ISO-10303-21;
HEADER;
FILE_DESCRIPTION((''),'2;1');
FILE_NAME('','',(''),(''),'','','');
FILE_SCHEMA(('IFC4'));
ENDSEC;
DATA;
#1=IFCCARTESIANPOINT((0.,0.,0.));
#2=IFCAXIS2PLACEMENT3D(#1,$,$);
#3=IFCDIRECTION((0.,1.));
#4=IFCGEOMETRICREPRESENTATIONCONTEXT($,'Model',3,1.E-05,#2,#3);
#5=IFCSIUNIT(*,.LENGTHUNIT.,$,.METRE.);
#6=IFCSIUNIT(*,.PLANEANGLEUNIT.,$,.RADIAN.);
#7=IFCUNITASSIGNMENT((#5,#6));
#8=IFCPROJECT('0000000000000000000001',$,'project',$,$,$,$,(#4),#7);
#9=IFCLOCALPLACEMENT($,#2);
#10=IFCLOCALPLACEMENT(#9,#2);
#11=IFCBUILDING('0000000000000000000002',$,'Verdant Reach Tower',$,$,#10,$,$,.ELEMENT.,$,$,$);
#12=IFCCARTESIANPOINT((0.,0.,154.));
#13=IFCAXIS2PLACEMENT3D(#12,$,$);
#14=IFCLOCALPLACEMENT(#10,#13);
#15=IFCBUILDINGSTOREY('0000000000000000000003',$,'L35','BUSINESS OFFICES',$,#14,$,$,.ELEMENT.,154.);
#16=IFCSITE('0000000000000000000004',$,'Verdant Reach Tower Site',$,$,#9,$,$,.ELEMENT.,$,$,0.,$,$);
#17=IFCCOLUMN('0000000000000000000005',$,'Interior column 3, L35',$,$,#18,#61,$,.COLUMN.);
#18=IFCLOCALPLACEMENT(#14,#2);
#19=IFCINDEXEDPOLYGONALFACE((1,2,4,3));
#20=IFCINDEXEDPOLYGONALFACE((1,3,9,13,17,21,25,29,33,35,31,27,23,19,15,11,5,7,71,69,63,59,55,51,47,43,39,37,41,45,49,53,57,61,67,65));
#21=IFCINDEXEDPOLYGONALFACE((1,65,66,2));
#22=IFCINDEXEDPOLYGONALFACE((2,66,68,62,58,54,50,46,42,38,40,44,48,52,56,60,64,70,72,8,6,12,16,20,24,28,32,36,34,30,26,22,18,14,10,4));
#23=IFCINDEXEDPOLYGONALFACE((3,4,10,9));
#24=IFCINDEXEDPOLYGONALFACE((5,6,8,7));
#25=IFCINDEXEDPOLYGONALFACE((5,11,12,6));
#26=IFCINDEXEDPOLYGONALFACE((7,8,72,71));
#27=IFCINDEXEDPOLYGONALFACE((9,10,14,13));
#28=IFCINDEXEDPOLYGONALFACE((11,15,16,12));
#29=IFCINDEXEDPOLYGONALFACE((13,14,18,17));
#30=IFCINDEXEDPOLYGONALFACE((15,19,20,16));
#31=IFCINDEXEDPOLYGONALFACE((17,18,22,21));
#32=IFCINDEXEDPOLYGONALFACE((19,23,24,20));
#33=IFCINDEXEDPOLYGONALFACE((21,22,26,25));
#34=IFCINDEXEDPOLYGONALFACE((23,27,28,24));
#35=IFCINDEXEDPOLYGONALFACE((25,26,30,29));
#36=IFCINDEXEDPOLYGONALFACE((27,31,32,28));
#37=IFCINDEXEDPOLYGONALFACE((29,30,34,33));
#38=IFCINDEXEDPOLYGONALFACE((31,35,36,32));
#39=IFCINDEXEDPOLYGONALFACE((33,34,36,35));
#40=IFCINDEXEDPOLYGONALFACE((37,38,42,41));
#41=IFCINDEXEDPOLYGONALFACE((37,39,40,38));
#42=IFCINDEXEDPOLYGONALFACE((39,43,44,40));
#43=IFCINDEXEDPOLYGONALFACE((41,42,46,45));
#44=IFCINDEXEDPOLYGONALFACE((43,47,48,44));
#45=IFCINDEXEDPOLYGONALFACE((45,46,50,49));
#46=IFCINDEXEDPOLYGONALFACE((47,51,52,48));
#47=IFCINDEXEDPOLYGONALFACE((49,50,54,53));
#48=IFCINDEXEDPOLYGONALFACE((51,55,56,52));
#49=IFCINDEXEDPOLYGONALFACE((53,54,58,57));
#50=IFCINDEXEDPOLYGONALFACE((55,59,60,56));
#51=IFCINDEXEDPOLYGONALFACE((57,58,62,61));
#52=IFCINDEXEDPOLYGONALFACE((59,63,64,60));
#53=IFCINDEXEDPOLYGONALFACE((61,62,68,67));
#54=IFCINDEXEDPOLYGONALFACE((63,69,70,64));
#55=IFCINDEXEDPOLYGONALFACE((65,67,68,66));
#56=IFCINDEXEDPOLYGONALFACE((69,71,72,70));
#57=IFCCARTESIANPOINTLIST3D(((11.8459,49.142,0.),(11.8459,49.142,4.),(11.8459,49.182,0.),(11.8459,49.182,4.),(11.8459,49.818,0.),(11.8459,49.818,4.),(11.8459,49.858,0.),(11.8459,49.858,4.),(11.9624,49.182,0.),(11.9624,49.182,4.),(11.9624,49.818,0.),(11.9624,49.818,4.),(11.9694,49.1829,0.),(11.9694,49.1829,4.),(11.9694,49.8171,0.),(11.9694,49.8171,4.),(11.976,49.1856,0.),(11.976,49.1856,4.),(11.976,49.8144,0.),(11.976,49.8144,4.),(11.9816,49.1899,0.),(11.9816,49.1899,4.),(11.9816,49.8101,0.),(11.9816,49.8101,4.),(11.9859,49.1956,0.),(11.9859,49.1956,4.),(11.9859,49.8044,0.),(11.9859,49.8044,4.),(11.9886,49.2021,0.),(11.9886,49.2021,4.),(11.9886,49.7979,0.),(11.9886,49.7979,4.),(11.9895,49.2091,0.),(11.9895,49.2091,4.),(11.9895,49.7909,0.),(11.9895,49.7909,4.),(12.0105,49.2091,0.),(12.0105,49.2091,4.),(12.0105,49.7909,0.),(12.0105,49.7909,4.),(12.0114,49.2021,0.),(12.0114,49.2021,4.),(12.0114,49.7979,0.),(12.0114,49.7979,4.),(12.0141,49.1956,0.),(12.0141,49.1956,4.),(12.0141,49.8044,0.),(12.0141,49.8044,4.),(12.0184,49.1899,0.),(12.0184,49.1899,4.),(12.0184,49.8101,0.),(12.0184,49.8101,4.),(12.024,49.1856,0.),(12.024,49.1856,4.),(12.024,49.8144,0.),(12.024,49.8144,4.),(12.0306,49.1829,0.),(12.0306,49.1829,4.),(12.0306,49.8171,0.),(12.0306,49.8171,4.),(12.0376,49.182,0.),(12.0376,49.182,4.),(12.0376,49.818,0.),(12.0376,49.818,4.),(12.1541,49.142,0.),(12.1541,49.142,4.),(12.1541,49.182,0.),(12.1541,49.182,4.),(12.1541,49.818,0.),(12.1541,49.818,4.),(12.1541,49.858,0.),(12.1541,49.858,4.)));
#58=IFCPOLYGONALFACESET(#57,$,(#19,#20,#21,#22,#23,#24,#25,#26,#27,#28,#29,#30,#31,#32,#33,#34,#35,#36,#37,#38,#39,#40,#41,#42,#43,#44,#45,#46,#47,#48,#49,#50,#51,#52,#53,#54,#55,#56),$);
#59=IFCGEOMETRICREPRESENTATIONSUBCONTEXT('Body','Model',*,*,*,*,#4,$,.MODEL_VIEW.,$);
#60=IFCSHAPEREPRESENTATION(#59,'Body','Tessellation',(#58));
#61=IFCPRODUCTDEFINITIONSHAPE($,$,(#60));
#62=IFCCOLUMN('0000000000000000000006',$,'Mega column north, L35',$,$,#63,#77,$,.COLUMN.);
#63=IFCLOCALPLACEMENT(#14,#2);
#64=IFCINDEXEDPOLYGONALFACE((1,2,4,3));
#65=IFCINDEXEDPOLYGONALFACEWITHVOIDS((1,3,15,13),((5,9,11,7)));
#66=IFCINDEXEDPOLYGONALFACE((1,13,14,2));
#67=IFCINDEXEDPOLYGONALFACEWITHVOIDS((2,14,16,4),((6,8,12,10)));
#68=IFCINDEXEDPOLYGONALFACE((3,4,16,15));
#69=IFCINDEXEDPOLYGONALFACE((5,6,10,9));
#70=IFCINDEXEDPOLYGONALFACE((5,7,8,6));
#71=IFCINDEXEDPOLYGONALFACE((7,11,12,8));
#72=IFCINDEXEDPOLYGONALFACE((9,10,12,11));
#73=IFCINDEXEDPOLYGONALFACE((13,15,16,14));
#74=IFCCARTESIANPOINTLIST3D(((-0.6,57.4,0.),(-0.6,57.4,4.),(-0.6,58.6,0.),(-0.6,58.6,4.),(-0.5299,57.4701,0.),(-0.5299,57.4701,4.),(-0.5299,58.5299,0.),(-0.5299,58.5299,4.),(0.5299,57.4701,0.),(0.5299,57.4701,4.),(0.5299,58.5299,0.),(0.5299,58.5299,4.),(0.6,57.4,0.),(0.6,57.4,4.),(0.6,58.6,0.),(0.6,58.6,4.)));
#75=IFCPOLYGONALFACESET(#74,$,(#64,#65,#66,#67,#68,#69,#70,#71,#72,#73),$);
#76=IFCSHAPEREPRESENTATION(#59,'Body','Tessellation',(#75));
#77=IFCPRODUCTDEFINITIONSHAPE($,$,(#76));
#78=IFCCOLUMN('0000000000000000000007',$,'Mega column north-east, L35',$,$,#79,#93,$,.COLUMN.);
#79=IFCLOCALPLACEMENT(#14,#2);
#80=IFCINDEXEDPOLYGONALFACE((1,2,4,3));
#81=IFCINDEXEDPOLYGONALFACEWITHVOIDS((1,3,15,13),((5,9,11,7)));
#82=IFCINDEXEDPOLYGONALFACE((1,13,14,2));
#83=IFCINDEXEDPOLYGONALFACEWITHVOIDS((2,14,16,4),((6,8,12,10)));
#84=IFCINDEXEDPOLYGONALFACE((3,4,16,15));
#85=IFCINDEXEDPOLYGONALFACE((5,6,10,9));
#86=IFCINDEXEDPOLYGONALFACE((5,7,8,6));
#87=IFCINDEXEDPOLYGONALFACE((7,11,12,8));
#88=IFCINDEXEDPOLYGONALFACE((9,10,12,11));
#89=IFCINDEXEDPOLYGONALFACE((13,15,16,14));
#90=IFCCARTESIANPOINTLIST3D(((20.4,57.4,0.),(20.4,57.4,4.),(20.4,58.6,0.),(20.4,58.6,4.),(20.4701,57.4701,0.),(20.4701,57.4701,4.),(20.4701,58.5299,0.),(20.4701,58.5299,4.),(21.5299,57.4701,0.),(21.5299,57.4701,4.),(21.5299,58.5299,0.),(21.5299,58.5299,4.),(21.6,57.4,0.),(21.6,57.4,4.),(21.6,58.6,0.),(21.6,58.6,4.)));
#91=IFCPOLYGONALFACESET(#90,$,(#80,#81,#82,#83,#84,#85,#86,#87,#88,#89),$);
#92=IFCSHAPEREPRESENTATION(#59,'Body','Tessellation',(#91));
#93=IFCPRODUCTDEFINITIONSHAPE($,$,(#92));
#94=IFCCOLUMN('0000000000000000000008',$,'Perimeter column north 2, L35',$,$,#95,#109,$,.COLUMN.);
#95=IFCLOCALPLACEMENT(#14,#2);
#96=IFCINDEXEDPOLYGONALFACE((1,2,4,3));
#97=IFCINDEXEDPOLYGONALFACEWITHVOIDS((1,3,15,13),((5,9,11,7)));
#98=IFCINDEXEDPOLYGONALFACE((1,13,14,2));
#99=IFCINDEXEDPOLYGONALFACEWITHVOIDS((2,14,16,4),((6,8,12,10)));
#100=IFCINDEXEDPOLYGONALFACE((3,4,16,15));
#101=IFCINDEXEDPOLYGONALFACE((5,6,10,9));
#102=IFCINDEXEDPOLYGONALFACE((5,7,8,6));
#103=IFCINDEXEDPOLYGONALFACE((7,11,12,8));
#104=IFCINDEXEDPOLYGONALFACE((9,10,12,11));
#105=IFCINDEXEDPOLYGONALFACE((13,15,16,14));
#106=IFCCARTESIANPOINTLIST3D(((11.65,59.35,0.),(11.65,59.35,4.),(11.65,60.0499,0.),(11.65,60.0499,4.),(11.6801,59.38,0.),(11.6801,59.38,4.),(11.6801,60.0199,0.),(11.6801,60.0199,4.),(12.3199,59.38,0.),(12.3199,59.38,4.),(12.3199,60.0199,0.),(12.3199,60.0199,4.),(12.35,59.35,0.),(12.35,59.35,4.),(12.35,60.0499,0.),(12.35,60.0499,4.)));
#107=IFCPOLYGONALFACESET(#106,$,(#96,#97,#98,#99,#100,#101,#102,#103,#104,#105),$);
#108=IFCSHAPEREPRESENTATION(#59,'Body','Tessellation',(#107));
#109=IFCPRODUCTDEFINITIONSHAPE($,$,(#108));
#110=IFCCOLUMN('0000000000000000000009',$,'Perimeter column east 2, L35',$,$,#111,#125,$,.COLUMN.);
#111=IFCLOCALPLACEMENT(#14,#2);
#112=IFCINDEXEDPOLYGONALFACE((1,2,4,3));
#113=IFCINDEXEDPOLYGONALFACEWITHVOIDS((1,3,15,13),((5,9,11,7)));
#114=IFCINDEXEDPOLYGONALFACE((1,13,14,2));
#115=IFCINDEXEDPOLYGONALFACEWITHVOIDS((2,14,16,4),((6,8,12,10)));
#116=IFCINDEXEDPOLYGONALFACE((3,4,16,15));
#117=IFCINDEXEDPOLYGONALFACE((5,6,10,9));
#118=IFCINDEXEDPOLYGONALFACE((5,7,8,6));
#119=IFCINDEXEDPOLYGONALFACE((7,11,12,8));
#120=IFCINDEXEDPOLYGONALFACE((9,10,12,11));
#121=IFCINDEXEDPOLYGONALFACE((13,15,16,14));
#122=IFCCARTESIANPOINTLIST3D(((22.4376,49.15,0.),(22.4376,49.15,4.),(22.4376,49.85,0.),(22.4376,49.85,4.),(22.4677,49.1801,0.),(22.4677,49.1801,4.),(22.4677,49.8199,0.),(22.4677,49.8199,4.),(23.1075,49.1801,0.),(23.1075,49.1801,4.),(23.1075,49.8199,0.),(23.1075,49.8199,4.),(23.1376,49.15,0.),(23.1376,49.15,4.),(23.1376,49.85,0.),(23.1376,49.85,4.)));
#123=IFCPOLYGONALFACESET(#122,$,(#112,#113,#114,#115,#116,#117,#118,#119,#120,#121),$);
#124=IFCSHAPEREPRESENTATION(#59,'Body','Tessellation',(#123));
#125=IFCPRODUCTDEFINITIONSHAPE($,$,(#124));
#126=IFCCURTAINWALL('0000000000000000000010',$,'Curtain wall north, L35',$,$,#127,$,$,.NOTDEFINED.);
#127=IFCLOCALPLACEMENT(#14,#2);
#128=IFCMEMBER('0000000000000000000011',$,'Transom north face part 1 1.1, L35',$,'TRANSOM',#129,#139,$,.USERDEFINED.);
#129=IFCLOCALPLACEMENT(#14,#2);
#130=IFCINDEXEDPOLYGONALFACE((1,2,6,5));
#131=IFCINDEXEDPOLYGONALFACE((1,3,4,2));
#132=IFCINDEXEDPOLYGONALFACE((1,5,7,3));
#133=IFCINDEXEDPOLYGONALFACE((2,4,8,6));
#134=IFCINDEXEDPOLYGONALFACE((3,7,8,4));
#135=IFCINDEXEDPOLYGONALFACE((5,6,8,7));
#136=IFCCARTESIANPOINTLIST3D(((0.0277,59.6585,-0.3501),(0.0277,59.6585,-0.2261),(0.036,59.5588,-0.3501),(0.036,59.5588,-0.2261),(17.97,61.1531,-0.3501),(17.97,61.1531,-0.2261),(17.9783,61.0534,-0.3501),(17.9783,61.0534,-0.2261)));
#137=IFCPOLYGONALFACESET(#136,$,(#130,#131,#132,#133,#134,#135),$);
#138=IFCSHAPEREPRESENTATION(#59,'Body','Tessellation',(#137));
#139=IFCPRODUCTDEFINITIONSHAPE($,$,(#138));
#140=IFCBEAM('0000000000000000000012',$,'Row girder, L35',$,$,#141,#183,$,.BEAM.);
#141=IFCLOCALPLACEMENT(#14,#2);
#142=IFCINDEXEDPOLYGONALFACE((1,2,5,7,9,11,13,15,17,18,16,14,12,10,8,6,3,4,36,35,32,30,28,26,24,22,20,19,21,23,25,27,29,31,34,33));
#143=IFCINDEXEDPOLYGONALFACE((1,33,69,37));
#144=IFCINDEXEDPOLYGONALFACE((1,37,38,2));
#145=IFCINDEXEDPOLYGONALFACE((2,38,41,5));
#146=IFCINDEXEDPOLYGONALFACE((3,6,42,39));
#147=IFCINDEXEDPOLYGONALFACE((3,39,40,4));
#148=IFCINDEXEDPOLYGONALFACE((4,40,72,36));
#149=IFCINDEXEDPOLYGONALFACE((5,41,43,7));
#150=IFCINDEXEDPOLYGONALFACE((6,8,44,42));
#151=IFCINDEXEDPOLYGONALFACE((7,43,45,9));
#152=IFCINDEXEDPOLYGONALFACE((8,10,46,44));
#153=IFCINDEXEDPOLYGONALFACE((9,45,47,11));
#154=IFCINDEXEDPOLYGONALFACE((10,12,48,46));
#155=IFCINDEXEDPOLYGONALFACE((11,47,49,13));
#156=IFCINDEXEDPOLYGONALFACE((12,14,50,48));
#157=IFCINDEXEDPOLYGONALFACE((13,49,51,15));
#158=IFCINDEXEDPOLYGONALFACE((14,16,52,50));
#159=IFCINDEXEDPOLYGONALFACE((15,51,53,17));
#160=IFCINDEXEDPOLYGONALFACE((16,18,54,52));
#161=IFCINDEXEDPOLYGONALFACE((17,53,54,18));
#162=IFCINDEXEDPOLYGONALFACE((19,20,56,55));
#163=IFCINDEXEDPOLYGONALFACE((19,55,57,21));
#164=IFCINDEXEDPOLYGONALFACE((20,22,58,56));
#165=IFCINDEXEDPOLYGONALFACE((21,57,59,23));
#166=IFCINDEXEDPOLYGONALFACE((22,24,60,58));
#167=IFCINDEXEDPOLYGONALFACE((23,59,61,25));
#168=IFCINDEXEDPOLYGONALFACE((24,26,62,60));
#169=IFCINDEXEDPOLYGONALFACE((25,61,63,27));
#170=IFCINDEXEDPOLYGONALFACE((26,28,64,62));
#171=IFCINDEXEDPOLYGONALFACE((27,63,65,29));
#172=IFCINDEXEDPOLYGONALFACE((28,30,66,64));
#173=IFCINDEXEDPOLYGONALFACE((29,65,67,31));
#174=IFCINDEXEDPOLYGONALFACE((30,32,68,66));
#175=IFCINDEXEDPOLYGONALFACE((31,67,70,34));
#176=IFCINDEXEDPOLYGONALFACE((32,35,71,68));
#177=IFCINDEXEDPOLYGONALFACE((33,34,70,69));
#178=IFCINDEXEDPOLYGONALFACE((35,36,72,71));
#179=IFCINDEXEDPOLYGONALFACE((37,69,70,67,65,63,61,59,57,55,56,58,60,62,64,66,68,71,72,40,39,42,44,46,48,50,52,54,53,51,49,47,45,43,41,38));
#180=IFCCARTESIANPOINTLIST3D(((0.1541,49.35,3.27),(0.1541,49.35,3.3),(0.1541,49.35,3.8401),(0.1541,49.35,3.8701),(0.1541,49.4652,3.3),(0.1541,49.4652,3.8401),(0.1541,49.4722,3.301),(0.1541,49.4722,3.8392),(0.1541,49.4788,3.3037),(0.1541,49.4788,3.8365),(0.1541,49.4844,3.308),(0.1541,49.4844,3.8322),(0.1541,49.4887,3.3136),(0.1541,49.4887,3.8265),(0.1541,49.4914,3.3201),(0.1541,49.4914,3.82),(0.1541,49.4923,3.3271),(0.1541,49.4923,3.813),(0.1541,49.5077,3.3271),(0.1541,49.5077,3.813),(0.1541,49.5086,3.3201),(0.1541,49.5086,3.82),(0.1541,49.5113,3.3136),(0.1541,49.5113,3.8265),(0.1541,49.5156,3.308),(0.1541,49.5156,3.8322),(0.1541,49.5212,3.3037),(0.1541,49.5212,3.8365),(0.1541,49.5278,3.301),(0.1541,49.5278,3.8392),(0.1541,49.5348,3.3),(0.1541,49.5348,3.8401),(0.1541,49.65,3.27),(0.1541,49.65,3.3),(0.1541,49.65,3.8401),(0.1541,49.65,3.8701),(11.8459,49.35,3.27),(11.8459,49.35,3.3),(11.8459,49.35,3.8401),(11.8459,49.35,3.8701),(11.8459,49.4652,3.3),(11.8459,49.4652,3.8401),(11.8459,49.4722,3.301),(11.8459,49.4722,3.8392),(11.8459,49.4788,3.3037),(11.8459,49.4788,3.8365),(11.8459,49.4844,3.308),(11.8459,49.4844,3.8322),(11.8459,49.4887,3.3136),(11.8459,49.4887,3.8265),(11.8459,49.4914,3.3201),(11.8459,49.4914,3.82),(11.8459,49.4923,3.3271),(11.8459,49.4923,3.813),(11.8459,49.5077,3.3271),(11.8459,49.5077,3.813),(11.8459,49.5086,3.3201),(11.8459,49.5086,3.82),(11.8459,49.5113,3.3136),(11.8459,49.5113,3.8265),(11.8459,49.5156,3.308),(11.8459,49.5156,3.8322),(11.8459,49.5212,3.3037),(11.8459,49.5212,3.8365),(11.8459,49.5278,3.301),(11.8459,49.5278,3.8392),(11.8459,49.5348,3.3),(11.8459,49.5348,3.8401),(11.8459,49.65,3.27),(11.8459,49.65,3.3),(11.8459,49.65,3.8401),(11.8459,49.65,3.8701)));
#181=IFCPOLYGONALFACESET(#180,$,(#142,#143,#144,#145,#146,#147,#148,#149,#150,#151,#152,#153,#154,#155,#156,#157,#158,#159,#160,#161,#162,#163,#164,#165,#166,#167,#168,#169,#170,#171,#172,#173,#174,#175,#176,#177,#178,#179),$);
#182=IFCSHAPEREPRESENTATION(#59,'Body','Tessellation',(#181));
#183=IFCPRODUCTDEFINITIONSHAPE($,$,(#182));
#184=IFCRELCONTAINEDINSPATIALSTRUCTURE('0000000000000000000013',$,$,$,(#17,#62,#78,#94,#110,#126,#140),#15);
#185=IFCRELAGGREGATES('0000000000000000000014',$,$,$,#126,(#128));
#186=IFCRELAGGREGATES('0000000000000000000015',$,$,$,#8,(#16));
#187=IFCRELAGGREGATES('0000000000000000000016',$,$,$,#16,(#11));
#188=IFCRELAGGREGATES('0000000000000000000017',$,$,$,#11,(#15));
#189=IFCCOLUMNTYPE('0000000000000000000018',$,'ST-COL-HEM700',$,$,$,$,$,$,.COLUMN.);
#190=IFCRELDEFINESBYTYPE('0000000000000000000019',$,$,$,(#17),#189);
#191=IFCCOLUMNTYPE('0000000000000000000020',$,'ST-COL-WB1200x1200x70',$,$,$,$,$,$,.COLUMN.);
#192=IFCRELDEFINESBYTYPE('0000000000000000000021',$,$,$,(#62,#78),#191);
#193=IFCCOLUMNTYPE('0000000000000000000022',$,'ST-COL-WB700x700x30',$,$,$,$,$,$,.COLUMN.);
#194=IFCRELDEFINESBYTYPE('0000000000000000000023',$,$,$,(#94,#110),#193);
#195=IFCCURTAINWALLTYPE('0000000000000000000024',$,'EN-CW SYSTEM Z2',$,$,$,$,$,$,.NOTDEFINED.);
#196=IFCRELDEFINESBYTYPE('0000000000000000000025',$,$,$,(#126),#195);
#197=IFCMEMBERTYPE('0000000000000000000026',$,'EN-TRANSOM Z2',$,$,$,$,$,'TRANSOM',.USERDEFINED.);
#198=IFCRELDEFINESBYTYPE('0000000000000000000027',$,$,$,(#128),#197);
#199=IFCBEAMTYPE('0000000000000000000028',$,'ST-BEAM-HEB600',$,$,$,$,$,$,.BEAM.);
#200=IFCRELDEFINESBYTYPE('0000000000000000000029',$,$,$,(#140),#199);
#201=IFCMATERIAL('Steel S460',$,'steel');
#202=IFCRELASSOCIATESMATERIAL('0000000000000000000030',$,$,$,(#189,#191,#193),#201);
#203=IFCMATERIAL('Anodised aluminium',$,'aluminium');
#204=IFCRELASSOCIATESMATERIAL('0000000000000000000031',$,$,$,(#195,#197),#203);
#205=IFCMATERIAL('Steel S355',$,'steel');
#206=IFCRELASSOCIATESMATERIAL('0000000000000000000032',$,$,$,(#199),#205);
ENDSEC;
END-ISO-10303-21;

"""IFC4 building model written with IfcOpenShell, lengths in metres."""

from ifc_helpers import new_model, si_unit, direction, frame, origin, origin_2d, place, context, subcontext, project, spatial, rectangle, hollow_rectangle, i_section, extrude, material, material_profile, profile_set, type_object, element, aggregate, save


model = new_model("IFC4")

# Units and contexts
model_context = context("Model", 3, precision=1e-05, world=origin(), true_north=direction((0.0, 1.0)))
body_context = subcontext(model_context, "Body", "Model", "MODEL_VIEW")
ifc_project = project(units=[si_unit("LENGTHUNIT", "METRE"), si_unit("PLANEANGLEUNIT", "RADIAN")], contexts=[model_context])

# Site, building, storey
site_placement = place(None, origin())
site = spatial("IfcSite", under=ifc_project, at=site_placement, Name="Verdant Reach Tower Site", CompositionType="ELEMENT", RefElevation=0.0)
building_placement = place(site_placement, origin())
building = spatial("IfcBuilding", under=site, at=building_placement, Name="Verdant Reach Tower", CompositionType="ELEMENT")
storey_placement = place(building_placement, frame((0.0, 0.0, 154.0)))
storey = spatial("IfcBuildingStorey", under=building, at=storey_placement, Name="L35", Description="BUSINESS OFFICES", CompositionType="ELEMENT", Elevation=154.0)

# Columns
ifc_material_1 = material(Name="Steel S460", Category="steel")
ifc_material_profile_1 = material_profile(ifc_material_1, i_section(OverallWidth=0.3081, OverallDepth=0.7161, WebThickness=0.021, FlangeThickness=0.04, FilletRadius=0.0271, at=origin_2d()), Name="HEM 700")
ifc_profile_set_1 = profile_set([ifc_material_profile_1], Name="Steel S460")
column_type_1 = type_object("IfcColumnType", Name="ST-COL-HEM700", PredefinedType="COLUMN", material=ifc_profile_set_1)
column_placement = place(storey_placement, frame((12.0, 49.5, 0.0), z_axis=(0.0, 0.0, 1.0), x_axis=(1.0, 0.0, 0.0)))
element("IfcColumn", 1, at=column_placement, inside=storey, type_object=column_type_1, Name="Interior column 3, L35", PredefinedType="COLUMN", context=body_context, shape_type="SweptSolid", body=[
    extrude(i_section(OverallWidth=0.3081, OverallDepth=0.7161, WebThickness=0.021, FlangeThickness=0.04, FilletRadius=0.0271, at=origin_2d()), origin(), (0.0, 0.0, 1.0), 4.0),
])
ifc_material_profile_2 = material_profile(ifc_material_1, hollow_rectangle(XDim=1.2, YDim=1.2, WallThickness=0.0701, at=origin_2d()), Name="WB 1200x1200x70")
ifc_profile_set_2 = profile_set([ifc_material_profile_2], Name="Steel S460")
column_type_2 = type_object("IfcColumnType", Name="ST-COL-WB1200x1200x70", PredefinedType="COLUMN", material=ifc_profile_set_2)
for number, where, z_axis, x_axis, name in (
    (2, (0.0, 58.0, 0.0), (0.0, 0.0, 1.0), (1.0, 0.0, 0.0), "Mega column north, L35"),
    (3, (21.0, 58.0, 0.0), (0.0, 0.0, 1.0), (1.0, 0.0, 0.0), "Mega column north-east, L35"),
):
    element("IfcColumn", number, at=place(storey_placement, frame(where, z_axis=z_axis, x_axis=x_axis)), inside=storey, type_object=column_type_2, Name=name, PredefinedType="COLUMN", context=body_context, shape_type="SweptSolid", body=[
        extrude(hollow_rectangle(XDim=1.2, YDim=1.2, WallThickness=0.0701, at=origin_2d()), origin(), (0.0, 0.0, 1.0), 4.0),
    ])
ifc_material_profile_3 = material_profile(ifc_material_1, hollow_rectangle(XDim=0.7, YDim=0.7, WallThickness=0.03, at=origin_2d()), Name="WB 700x700x30")
ifc_profile_set_3 = profile_set([ifc_material_profile_3], Name="Steel S460")
column_type_3 = type_object("IfcColumnType", Name="ST-COL-WB700x700x30", PredefinedType="COLUMN", material=ifc_profile_set_3)
for number, where, z_axis, x_axis, name in (
    (4, (12.0, 59.7, 0.0), (0.0, 0.0, 1.0), (1.0, 0.0, 0.0), "Perimeter column north 2, L35"),
    (5, (22.7876, 49.5, 0.0), (0.0, 0.0, 1.0), (1.0, 0.0, 0.0), "Perimeter column east 2, L35"),
):
    element("IfcColumn", number, at=place(storey_placement, frame(where, z_axis=z_axis, x_axis=x_axis)), inside=storey, type_object=column_type_3, Name=name, PredefinedType="COLUMN", context=body_context, shape_type="SweptSolid", body=[
        extrude(hollow_rectangle(XDim=0.7, YDim=0.7, WallThickness=0.03, at=origin_2d()), origin(), (0.0, 0.0, 1.0), 4.0),
    ])

# Curtain wall, member
ifc_material_2 = material(Name="Anodised aluminium", Category="aluminium")
curtain_wall_type = type_object("IfcCurtainWallType", Name="EN-CW SYSTEM Z2", PredefinedType="NOTDEFINED", material=ifc_material_2)
curtain_wall_1_placement = place(storey_placement, origin())
curtain_wall_1 = element("IfcCurtainWall", 6, at=curtain_wall_1_placement, inside=storey, type_object=curtain_wall_type, Name="Curtain wall north, L35", PredefinedType="NOTDEFINED")
ifc_material_profile_4 = material_profile(ifc_material_2, rectangle(XDim=0.1001, YDim=0.124, at=origin_2d()), Name="Transom 124x100")
ifc_profile_set_4 = profile_set([ifc_material_profile_4], Name="Anodised aluminium")
member_type = type_object("IfcMemberType", Name="EN-TRANSOM Z2", ElementType="TRANSOM", PredefinedType="USERDEFINED", material=ifc_profile_set_4)
member_placement = place(storey_placement, frame((17.9741, 61.1033, -0.2881), z_axis=(-0.996548, -0.083015, 0.0), x_axis=(0.083015, -0.996548, 0.0)))
member = element("IfcMember", 7, at=member_placement, type_object=member_type, Name="Transom north face part 1 1.1, L35", ObjectType="TRANSOM", PredefinedType="USERDEFINED", context=body_context, shape_type="SweptSolid", body=[
    extrude(rectangle(XDim=0.1001, YDim=0.124, at=origin_2d()), origin(), (0.0, 0.0, 1.0), 18.0044),
])

# Beam
ifc_material_3 = material(Name="Steel S355", Category="steel")
ifc_material_profile_5 = material_profile(ifc_material_3, i_section(OverallWidth=0.3, OverallDepth=0.6001, WebThickness=0.0154, FlangeThickness=0.03, FilletRadius=0.0271, at=origin_2d()), Name="HEB 600")
ifc_profile_set_5 = profile_set([ifc_material_profile_5], Name="Steel S355")
beam_type_1 = type_object("IfcBeamType", Name="ST-BEAM-HEB600", PredefinedType="BEAM", material=ifc_profile_set_5)
beam_1_placement = place(storey_placement, frame((0.1541, 49.5, 3.5701), z_axis=(1.0, 0.0, 0.0), x_axis=(0.0, 1.0, 0.0)))
element("IfcBeam", 8, at=beam_1_placement, inside=storey, type_object=beam_type_1, Name="Row girder, L35", PredefinedType="BEAM", context=body_context, shape_type="SweptSolid", body=[
    extrude(i_section(OverallWidth=0.3, OverallDepth=0.6001, WebThickness=0.0154, FlangeThickness=0.03, FilletRadius=0.0271, at=origin_2d()), origin(), (0.0, 0.0, 1.0), 11.6919),
])

aggregate(curtain_wall_1, [member])

save(model, "model.ifc")
